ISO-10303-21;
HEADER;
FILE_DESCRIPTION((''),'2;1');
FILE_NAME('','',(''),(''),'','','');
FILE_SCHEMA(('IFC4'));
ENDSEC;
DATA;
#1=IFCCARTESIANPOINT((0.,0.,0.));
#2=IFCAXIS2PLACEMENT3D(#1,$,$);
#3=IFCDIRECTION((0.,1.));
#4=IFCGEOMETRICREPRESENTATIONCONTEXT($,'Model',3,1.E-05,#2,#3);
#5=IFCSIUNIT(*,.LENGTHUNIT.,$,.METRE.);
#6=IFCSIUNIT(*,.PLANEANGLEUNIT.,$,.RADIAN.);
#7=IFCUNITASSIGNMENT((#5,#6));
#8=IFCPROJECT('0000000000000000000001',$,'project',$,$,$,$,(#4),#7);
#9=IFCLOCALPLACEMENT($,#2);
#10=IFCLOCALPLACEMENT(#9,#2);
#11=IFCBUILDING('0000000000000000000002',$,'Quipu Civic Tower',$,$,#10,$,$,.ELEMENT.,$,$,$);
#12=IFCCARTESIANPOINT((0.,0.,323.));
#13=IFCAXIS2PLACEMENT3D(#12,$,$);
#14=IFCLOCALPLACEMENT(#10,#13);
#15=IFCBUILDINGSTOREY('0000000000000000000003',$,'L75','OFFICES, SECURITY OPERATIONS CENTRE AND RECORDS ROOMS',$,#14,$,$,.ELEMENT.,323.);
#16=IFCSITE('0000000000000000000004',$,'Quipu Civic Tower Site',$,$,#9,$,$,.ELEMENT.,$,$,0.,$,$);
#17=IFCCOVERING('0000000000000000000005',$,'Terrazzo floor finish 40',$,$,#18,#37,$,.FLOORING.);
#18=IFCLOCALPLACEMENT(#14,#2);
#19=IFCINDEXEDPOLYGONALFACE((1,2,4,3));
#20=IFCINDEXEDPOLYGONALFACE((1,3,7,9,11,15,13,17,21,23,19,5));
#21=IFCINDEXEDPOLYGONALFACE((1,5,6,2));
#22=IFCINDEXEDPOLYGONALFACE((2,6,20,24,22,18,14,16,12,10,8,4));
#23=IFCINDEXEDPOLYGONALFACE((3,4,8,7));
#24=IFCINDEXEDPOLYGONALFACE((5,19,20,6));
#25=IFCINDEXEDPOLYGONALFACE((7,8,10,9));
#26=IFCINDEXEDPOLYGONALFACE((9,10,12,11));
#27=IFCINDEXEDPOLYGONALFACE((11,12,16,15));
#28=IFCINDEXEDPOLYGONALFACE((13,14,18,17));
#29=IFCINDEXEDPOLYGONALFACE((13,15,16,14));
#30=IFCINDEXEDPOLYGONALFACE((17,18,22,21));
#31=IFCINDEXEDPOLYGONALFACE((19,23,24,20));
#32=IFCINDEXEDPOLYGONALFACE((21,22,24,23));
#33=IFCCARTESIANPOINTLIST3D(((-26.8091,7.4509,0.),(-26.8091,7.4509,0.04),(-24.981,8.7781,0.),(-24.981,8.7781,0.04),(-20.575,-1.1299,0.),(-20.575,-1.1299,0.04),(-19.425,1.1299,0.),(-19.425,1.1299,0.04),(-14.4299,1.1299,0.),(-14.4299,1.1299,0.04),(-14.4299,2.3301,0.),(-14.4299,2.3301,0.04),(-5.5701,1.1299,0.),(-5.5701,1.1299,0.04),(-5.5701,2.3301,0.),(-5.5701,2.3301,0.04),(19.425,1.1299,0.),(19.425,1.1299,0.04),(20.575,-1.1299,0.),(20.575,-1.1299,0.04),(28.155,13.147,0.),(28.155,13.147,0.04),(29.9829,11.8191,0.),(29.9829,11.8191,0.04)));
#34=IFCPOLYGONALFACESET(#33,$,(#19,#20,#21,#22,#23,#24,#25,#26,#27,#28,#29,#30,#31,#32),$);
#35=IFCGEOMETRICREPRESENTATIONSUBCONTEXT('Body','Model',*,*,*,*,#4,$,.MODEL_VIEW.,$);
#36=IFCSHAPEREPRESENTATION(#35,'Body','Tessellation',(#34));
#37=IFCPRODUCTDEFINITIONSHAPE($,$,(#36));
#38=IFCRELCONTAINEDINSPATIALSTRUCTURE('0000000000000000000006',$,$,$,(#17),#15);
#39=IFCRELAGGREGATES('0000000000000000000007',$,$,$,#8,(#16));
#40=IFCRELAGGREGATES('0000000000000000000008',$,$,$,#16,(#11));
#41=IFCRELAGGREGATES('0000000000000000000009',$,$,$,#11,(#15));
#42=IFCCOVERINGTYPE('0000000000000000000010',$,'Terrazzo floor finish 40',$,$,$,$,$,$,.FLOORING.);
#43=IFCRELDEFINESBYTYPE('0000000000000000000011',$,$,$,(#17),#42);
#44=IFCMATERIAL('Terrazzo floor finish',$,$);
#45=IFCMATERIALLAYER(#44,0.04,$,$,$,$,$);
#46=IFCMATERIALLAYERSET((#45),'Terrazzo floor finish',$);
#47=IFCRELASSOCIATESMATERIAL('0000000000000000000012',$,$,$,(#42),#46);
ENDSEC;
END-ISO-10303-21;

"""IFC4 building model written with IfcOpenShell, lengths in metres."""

from ifc_helpers import new_model, si_unit, direction, frame, origin, place, context, subcontext, project, spatial, polyline, outline, extrude, material, layer, layer_set, type_object, element, save


model = new_model("IFC4")

# Units and contexts
model_context = context("Model", 3, precision=1e-05, world=origin(), true_north=direction((0.0, 1.0)))
body_context = subcontext(model_context, "Body", "Model", "MODEL_VIEW")
ifc_project = project(units=[si_unit("LENGTHUNIT", "METRE"), si_unit("PLANEANGLEUNIT", "RADIAN")], contexts=[model_context])

# Site, building, storey
site_placement = place(None, origin())
site = spatial("IfcSite", under=ifc_project, at=site_placement, Name="Quipu Civic Tower Site", CompositionType="ELEMENT", RefElevation=0.0)
building_placement = place(site_placement, origin())
building = spatial("IfcBuilding", under=site, at=building_placement, Name="Quipu Civic Tower", CompositionType="ELEMENT")
storey_placement = place(building_placement, frame((0.0, 0.0, 323.0)))
storey = spatial("IfcBuildingStorey", under=building, at=storey_placement, Name="L75", Description="OFFICES, SECURITY OPERATIONS CENTRE AND RECORDS ROOMS", CompositionType="ELEMENT", Elevation=323.0)

# Covering
ifc_material_1 = material(Name="Terrazzo floor finish")
ifc_layer_1 = layer(ifc_material_1, 0.04)
ifc_layer_set_1 = layer_set([ifc_layer_1], Name="Terrazzo floor finish")
covering_type = type_object("IfcCoveringType", Name="Terrazzo floor finish 40", PredefinedType="FLOORING", material=ifc_layer_set_1)
covering_placement = place(storey_placement, origin())
element("IfcCovering", 1, at=covering_placement, inside=storey, type_object=covering_type, Name="Terrazzo floor finish 40", PredefinedType="FLOORING", context=body_context, shape_type="SweptSolid", body=[
    extrude(outline(polyline([(19.425, 1.1299), (28.155, 13.147), (29.9829, 11.8191), (20.575, -1.1299), (-20.575, -1.1299), (-26.8091, 7.4509), (-24.981, 8.7781), (-19.425, 1.1299), (-14.4299, 1.1299), (-14.4299, 2.3301), (-5.5701, 2.3301), (-5.5701, 1.1299), (19.425, 1.1299)])), origin(), (0.0, 0.0, 1.0), 0.04),
])

save(model, "model.ifc")
